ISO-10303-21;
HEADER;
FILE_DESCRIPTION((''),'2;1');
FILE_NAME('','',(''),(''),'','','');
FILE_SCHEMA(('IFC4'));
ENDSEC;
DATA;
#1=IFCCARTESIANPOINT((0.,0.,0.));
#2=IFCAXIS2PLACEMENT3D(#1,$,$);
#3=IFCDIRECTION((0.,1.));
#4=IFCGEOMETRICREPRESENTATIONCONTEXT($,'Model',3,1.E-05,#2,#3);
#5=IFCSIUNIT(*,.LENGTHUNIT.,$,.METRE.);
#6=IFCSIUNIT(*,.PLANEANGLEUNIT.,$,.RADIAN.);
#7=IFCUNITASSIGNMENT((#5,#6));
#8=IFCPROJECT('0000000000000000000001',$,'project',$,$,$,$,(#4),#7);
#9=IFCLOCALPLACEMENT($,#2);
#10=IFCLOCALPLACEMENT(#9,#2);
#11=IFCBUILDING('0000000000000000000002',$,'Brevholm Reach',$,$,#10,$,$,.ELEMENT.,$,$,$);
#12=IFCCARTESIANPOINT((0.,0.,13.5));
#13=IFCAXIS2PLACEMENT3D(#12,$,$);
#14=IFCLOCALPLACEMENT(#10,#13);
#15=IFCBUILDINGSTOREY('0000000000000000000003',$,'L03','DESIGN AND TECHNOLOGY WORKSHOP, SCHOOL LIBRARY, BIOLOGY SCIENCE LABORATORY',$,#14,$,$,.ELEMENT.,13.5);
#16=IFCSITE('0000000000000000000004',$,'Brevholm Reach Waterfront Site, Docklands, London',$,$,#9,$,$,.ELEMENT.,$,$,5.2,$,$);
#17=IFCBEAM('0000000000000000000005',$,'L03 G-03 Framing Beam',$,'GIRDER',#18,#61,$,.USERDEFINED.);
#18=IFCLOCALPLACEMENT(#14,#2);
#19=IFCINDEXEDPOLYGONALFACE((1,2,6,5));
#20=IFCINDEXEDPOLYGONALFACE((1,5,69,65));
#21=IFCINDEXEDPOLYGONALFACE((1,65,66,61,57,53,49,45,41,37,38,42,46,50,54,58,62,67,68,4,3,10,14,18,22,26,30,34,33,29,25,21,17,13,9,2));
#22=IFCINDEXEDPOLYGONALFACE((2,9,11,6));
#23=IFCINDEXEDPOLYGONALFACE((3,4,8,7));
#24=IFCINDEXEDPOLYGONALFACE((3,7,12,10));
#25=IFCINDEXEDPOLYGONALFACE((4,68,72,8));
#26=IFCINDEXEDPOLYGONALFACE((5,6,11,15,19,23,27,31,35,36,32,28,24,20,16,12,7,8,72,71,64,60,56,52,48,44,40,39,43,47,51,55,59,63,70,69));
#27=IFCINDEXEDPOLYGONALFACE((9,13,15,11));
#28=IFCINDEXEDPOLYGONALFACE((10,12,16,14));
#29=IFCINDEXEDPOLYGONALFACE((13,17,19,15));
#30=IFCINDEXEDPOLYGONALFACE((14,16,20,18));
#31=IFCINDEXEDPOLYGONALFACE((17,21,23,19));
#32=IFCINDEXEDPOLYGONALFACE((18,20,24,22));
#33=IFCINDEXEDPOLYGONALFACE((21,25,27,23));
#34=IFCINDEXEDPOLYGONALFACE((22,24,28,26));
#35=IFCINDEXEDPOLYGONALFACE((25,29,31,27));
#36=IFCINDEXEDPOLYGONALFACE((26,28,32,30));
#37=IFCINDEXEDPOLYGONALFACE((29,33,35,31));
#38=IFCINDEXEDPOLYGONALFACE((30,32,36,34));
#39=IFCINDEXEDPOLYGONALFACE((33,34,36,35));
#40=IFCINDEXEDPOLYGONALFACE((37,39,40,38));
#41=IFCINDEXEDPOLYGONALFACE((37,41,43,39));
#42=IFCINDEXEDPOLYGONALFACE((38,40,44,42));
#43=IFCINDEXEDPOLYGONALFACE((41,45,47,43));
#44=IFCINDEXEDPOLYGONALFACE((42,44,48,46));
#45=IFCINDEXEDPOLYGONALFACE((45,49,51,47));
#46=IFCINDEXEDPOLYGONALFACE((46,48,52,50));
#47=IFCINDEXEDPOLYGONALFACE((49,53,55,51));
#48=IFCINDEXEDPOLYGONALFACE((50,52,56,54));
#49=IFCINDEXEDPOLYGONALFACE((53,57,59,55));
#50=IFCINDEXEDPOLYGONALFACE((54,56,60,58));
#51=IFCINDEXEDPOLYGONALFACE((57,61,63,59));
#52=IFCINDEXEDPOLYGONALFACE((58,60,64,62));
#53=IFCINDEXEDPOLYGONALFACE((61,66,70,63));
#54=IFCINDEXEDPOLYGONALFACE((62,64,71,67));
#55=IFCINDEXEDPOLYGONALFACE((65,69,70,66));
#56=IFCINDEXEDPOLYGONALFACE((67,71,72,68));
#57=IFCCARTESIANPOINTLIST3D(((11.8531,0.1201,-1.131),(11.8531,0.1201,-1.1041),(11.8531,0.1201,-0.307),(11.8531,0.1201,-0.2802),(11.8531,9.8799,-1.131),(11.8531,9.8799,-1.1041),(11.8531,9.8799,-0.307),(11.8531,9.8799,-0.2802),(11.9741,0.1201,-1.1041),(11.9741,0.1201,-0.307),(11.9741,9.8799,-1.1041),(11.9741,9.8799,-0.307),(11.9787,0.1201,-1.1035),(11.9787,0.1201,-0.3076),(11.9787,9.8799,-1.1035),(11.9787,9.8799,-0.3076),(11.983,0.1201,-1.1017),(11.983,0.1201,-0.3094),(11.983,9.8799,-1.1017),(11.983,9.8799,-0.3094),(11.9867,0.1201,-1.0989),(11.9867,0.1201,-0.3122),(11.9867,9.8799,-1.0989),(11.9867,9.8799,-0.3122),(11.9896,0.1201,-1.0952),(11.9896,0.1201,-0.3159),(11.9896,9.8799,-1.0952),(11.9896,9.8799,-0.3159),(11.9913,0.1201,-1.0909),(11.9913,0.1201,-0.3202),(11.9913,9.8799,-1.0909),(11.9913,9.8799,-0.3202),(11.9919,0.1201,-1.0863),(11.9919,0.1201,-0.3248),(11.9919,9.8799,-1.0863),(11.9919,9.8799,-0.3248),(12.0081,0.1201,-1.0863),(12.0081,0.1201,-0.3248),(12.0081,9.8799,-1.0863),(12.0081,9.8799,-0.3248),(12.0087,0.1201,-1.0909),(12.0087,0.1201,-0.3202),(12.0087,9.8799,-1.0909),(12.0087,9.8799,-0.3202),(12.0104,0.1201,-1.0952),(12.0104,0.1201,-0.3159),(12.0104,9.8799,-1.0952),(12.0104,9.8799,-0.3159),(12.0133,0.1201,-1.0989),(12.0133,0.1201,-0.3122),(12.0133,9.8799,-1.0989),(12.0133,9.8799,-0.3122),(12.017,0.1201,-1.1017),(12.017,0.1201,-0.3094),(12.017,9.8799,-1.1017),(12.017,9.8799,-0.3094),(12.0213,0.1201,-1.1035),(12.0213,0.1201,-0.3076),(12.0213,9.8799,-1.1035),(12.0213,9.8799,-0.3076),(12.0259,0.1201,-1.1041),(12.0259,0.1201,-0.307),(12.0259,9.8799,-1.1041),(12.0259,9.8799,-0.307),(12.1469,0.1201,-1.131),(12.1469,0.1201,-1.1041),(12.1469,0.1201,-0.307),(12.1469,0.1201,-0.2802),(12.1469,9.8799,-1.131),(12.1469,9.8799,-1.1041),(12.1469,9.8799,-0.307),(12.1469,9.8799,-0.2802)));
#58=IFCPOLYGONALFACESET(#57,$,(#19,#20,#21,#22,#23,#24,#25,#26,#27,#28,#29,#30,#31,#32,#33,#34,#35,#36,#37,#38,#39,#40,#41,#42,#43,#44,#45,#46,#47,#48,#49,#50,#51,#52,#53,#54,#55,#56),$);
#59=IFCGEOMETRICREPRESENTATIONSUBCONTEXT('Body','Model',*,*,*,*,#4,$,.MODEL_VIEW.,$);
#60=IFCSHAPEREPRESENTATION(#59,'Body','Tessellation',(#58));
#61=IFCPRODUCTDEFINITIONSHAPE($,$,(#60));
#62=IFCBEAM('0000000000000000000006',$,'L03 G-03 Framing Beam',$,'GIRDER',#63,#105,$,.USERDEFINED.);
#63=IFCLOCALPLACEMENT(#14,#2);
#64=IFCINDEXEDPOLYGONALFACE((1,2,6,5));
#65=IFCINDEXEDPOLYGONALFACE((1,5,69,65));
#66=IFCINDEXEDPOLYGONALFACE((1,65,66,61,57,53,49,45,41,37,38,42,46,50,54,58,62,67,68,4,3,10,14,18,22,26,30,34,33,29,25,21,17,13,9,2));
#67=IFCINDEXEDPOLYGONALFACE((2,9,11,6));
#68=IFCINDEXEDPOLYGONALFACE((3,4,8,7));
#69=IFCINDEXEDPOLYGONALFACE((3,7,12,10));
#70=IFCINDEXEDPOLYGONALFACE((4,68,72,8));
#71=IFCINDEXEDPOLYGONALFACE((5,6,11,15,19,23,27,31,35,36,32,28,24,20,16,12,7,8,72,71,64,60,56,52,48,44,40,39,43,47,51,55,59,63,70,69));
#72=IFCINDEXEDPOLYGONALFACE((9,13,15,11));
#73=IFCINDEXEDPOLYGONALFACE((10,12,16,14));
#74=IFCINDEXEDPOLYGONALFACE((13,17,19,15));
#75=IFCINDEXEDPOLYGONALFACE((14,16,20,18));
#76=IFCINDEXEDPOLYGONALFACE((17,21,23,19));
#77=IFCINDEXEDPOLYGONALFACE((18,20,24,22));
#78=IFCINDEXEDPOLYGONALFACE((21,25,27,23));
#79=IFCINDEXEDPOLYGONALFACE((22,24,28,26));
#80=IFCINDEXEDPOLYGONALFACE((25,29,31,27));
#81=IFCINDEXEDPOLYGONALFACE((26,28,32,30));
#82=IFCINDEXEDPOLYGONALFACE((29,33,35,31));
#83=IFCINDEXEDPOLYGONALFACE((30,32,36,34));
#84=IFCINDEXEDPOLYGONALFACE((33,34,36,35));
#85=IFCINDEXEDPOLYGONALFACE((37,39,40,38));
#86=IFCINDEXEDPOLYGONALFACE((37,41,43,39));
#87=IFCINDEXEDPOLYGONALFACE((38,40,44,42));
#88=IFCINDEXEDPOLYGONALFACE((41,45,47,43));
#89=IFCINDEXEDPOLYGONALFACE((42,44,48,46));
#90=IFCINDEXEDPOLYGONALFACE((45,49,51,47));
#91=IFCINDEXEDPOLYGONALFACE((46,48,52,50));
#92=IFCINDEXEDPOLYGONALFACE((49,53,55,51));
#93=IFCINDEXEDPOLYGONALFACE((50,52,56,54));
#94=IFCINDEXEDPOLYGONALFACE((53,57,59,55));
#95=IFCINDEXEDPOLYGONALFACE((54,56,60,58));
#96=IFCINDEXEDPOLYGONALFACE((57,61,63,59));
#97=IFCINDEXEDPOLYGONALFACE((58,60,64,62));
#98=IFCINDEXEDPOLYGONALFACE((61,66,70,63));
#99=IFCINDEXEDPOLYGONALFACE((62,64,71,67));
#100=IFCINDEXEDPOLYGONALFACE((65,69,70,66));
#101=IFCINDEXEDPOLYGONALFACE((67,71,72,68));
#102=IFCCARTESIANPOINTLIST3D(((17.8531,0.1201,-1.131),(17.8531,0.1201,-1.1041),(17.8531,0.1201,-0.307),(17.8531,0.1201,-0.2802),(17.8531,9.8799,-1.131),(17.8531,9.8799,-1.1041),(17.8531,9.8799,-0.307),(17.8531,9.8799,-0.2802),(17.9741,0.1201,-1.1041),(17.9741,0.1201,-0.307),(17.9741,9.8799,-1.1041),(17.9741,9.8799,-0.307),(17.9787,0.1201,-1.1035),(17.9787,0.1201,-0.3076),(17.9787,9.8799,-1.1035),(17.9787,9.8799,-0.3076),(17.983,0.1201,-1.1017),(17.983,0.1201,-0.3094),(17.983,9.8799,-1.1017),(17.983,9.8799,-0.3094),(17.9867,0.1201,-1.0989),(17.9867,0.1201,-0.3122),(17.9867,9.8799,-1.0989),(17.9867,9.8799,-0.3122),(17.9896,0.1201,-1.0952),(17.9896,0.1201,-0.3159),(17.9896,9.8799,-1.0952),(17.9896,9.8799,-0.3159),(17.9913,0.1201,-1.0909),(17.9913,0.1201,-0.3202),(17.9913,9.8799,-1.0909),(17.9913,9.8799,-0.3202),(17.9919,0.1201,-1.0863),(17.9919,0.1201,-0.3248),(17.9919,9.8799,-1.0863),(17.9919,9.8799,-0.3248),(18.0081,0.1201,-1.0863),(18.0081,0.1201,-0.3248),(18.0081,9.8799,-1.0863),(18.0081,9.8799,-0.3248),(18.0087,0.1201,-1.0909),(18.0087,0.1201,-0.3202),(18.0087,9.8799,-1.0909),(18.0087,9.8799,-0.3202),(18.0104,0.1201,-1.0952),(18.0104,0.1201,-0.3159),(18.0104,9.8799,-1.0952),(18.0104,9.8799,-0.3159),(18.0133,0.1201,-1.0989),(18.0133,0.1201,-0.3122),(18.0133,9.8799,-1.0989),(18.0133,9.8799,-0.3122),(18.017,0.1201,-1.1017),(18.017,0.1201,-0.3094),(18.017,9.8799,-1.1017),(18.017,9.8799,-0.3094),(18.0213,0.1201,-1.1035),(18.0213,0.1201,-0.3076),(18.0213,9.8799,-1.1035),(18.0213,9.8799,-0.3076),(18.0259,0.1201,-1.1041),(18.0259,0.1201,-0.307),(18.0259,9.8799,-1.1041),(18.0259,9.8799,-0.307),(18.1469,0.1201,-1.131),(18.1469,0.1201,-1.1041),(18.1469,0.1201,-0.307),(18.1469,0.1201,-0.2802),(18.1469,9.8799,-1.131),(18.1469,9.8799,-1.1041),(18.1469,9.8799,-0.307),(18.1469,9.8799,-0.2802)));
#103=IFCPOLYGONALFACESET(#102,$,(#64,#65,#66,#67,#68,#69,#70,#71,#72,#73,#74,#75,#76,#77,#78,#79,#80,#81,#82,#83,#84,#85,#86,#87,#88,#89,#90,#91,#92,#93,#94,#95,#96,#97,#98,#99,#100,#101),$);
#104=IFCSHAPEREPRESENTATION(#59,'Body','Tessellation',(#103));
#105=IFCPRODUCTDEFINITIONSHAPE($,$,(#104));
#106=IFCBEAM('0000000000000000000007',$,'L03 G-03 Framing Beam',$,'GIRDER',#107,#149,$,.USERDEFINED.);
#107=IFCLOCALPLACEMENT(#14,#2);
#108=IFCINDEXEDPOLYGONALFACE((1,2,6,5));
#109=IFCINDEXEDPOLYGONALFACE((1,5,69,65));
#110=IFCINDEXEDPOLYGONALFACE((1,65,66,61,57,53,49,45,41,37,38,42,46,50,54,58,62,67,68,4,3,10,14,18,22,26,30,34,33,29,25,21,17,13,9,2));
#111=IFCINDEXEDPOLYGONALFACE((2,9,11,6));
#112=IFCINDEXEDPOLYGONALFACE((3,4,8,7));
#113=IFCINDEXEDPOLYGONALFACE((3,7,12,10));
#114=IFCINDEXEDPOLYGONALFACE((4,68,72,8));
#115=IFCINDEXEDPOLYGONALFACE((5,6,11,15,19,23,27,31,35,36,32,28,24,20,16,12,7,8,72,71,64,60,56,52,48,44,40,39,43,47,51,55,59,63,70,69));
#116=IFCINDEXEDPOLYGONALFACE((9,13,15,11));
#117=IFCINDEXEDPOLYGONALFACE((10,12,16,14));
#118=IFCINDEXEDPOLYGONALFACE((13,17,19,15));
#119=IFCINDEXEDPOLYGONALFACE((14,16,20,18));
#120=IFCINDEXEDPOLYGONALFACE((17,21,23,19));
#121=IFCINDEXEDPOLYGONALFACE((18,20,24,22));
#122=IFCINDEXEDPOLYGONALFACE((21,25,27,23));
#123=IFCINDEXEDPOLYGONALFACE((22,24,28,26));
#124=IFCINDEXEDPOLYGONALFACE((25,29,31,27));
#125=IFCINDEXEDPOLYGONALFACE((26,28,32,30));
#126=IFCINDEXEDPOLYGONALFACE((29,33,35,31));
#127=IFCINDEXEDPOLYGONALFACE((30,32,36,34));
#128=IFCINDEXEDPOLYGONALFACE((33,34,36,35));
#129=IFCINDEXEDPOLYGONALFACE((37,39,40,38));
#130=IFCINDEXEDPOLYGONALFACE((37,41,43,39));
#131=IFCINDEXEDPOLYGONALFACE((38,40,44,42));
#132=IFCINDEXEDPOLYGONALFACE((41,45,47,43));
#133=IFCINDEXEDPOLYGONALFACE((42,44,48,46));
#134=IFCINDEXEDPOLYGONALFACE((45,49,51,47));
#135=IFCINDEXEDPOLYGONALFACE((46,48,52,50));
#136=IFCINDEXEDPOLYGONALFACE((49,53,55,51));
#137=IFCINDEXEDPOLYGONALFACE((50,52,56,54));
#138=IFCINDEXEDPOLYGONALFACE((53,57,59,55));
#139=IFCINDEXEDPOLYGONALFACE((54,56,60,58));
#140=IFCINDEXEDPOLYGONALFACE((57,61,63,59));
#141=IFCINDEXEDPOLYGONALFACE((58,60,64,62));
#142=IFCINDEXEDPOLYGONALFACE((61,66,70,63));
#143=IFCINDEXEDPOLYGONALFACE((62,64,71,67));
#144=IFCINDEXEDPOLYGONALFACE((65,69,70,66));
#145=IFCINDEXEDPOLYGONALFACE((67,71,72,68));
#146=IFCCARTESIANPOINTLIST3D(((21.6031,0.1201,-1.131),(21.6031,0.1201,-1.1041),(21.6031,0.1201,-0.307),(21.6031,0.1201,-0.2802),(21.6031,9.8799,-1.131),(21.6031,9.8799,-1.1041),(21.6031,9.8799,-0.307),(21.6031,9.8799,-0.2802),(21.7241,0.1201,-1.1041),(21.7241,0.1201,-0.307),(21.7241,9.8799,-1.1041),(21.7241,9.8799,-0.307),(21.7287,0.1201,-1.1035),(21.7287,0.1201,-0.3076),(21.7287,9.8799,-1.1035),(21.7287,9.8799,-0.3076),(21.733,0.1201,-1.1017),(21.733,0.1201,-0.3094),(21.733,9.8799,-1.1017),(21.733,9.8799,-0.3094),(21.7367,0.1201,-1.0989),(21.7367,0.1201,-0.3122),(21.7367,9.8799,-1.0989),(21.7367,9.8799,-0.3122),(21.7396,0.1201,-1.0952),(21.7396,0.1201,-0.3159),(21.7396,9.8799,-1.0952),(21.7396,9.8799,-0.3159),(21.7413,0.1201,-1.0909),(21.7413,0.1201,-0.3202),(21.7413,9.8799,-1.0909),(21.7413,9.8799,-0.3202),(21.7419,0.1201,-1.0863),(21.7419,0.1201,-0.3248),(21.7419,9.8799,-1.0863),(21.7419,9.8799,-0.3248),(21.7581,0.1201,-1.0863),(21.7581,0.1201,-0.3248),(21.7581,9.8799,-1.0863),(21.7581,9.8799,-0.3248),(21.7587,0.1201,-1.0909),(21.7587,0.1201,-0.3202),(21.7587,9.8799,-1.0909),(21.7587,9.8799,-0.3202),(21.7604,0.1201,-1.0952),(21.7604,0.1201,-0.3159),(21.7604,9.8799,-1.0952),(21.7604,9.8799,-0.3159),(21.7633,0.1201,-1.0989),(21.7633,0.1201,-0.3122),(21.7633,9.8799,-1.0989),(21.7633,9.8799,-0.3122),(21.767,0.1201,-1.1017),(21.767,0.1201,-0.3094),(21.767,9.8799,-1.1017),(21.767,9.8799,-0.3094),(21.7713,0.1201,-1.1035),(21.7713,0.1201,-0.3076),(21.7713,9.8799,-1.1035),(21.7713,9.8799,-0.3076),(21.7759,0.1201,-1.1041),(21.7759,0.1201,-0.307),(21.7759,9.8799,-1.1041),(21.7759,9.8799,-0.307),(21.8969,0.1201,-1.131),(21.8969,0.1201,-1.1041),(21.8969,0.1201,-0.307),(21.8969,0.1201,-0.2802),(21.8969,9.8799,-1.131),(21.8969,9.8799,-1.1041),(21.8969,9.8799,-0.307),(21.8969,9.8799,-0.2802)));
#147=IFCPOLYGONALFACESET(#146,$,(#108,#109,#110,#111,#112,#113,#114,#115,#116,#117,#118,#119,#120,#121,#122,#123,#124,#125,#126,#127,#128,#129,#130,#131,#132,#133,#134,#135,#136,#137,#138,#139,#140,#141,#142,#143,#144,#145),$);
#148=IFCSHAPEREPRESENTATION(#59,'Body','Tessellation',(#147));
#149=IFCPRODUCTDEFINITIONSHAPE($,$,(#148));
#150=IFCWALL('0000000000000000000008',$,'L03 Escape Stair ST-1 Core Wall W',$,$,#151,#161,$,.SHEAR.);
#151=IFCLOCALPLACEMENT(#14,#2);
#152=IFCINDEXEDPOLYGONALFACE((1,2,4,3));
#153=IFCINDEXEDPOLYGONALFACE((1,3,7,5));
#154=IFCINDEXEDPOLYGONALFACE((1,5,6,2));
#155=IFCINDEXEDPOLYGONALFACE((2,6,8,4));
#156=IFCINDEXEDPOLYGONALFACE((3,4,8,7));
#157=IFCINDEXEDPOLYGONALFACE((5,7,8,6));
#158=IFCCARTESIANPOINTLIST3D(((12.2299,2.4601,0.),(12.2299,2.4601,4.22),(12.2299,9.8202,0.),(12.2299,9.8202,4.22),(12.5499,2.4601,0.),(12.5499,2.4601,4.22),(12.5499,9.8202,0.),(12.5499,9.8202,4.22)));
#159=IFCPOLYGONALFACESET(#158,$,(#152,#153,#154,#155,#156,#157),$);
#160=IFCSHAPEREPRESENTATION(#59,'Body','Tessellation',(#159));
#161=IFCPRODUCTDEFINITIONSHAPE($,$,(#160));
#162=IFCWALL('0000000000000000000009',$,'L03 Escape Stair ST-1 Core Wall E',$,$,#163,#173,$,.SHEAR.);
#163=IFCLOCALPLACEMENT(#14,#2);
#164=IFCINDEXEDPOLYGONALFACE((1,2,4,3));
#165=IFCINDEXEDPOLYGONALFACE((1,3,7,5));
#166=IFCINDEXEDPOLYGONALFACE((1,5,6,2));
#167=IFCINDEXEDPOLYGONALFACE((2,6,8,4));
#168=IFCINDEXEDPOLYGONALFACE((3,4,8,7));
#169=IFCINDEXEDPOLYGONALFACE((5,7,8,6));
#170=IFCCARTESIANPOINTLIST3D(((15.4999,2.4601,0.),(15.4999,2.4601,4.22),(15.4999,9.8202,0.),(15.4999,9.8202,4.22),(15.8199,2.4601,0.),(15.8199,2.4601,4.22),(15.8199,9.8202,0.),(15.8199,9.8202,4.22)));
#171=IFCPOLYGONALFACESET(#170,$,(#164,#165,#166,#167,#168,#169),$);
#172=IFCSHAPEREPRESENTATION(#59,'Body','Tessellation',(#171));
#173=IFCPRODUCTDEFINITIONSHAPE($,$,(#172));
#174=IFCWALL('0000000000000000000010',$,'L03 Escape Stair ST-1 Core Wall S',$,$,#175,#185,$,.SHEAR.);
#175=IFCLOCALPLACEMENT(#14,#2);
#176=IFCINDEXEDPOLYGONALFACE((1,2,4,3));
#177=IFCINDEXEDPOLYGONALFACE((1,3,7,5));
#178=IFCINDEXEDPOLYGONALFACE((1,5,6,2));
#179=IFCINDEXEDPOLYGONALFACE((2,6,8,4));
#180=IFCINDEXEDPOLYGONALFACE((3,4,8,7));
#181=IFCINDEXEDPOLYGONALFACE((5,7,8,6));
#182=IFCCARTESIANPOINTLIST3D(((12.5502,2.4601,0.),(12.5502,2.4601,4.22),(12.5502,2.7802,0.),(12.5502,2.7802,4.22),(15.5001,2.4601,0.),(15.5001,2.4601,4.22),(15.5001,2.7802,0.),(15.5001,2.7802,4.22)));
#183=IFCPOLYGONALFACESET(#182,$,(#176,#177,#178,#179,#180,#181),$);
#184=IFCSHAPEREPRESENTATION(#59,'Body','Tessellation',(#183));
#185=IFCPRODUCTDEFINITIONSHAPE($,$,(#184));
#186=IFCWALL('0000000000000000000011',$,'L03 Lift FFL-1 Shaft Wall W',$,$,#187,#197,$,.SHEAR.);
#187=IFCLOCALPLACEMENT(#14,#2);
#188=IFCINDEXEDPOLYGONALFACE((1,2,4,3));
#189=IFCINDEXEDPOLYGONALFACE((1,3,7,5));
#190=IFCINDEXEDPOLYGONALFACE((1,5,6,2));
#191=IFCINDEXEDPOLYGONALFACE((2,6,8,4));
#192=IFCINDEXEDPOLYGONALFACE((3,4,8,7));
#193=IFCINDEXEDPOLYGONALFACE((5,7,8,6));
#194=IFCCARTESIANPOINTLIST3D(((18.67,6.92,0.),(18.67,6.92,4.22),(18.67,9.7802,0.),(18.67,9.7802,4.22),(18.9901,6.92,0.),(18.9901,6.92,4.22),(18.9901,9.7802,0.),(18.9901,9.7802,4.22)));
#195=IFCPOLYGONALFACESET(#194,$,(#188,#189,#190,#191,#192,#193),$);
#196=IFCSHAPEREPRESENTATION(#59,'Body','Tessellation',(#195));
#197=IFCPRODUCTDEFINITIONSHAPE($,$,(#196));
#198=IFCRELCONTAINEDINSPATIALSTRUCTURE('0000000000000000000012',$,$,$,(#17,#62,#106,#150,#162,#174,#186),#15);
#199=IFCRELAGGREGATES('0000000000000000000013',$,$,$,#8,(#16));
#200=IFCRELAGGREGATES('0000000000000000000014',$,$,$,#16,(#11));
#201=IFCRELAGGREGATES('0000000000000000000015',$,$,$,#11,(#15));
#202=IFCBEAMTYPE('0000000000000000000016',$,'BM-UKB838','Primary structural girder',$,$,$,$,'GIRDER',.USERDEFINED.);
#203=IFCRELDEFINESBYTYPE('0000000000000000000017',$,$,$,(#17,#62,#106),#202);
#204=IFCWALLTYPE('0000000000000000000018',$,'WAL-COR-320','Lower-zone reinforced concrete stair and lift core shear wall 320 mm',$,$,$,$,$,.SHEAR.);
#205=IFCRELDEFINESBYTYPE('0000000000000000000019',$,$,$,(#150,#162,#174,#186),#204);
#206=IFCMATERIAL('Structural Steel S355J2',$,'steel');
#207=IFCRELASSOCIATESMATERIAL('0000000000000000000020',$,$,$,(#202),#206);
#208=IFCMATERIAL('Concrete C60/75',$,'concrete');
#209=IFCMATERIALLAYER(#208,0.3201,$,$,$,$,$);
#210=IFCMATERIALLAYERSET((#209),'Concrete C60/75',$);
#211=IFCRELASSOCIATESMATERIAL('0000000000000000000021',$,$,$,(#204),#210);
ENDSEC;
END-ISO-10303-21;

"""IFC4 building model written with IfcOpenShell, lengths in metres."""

from ifc_helpers import new_model, si_unit, direction, frame, frame_2d, origin, origin_2d, place, context, subcontext, project, spatial, rectangle, i_section, extrude, material, layer, layer_set, material_profile, profile_set, type_object, element, save


model = new_model("IFC4")

# Units and contexts
model_context = context("Model", 3, precision=1e-05, world=origin(), true_north=direction((0.0, 1.0)))
body_context = subcontext(model_context, "Body", "Model", "MODEL_VIEW")
ifc_project = project(units=[si_unit("LENGTHUNIT", "METRE"), si_unit("PLANEANGLEUNIT", "RADIAN")], contexts=[model_context])

# Site, building, storey
site_placement = place(None, origin())
site = spatial("IfcSite", under=ifc_project, at=site_placement, Name="Brevholm Reach Waterfront Site, Docklands, London", CompositionType="ELEMENT", RefElevation=5.2)
building_placement = place(site_placement, origin())
building = spatial("IfcBuilding", under=site, at=building_placement, Name="Brevholm Reach", CompositionType="ELEMENT")
storey_placement = place(building_placement, frame((0.0, 0.0, 13.5)))
storey = spatial("IfcBuildingStorey", under=building, at=storey_placement, Name="L03", Description="DESIGN AND TECHNOLOGY WORKSHOP, SCHOOL LIBRARY, BIOLOGY SCIENCE LABORATORY", CompositionType="ELEMENT", Elevation=13.5)

# Beams
ifc_material_1 = material(Name="Structural Steel S355J2", Category="steel")
ifc_material_profile_1 = material_profile(ifc_material_1, i_section(OverallWidth=0.2937, OverallDepth=0.8508, WebThickness=0.0161, FlangeThickness=0.0269, FilletRadius=0.0178, at=origin_2d()), Name="UKB 838x292x226")
ifc_profile_set_1 = profile_set([ifc_material_profile_1], Name="Structural Steel S355J2")
beam_type_1 = type_object("IfcBeamType", Name="BM-UKB838", Description="Primary structural girder", ElementType="GIRDER", PredefinedType="USERDEFINED", material=ifc_profile_set_1)
for number, where, z_axis, x_axis, name in (
    (1, (12.0, 0.1201, -0.7056), (0.0, 1.0, 0.0), (-1.0, 0.0, 0.0), "L03 G-03 Framing Beam"),
    (2, (18.0, 0.1201, -0.7056), (0.0, 1.0, 0.0), (-1.0, 0.0, 0.0), "L03 G-03 Framing Beam"),
    (3, (21.75, 0.1201, -0.7056), (0.0, 1.0, 0.0), (-1.0, 0.0, 0.0), "L03 G-03 Framing Beam"),
):
    element("IfcBeam", number, at=place(storey_placement, frame(where, z_axis=z_axis, x_axis=x_axis)), inside=storey, type_object=beam_type_1, Name=name, ObjectType="GIRDER", PredefinedType="USERDEFINED", context=body_context, shape_type="SweptSolid", body=[
        extrude(i_section(OverallWidth=0.2937, OverallDepth=0.8508, WebThickness=0.0161, FlangeThickness=0.0269, FilletRadius=0.0178, at=origin_2d()), origin(), (0.0, 0.0, 1.0), 9.7598),
    ])

# Walls
ifc_material_2 = material(Name="Concrete C60/75", Category="concrete")
ifc_layer_1 = layer(ifc_material_2, 0.3201)
ifc_layer_set_1 = layer_set([ifc_layer_1], Name="Concrete C60/75")
wall_type_1 = type_object("IfcWallType", Name="WAL-COR-320", Description="Lower-zone reinforced concrete stair and lift core shear wall 320 mm", PredefinedType="SHEAR", material=ifc_layer_set_1)
for number, where, z_axis, x_axis, name in (
    (4, (12.3899, 2.46, 0.0), (0.0, 0.0, 1.0), (0.0, 1.0, 0.0), "L03 Escape Stair ST-1 Core Wall W"),
    (5, (15.6599, 2.46, 0.0), (0.0, 0.0, 1.0), (0.0, 1.0, 0.0), "L03 Escape Stair ST-1 Core Wall E"),
):
    element("IfcWall", number, at=place(storey_placement, frame(where, z_axis=z_axis, x_axis=x_axis)), inside=storey, type_object=wall_type_1, Name=name, PredefinedType="SHEAR", context=body_context, shape_type="SweptSolid", body=[
        extrude(rectangle(XDim=7.3601, YDim=0.3201, at=frame_2d((3.6802, 0.0))), origin(), (0.0, 0.0, 1.0), 4.22),
    ])
wall_1_placement = place(storey_placement, frame((12.55, 2.6201, 0.0), z_axis=(0.0, 0.0, 1.0), x_axis=(1.0, 0.0, 0.0)))
element("IfcWall", 6, at=wall_1_placement, inside=storey, type_object=wall_type_1, Name="L03 Escape Stair ST-1 Core Wall S", PredefinedType="SHEAR", context=body_context, shape_type="SweptSolid", body=[
    extrude(rectangle(XDim=2.95, YDim=0.3201, at=frame_2d((1.4751, 0.0))), origin(), (0.0, 0.0, 1.0), 4.22),
])
wall_2_placement = place(storey_placement, frame((18.8301, 6.9199, 0.0), z_axis=(0.0, 0.0, 1.0), x_axis=(0.0, 1.0, 0.0)))
element("IfcWall", 7, at=wall_2_placement, inside=storey, type_object=wall_type_1, Name="L03 Lift FFL-1 Shaft Wall W", PredefinedType="SHEAR", context=body_context, shape_type="SweptSolid", body=[
    extrude(rectangle(XDim=2.8601, YDim=0.3201, at=frame_2d((1.4302, 0.0))), origin(), (0.0, 0.0, 1.0), 4.22),
])

save(model, "model.ifc")
